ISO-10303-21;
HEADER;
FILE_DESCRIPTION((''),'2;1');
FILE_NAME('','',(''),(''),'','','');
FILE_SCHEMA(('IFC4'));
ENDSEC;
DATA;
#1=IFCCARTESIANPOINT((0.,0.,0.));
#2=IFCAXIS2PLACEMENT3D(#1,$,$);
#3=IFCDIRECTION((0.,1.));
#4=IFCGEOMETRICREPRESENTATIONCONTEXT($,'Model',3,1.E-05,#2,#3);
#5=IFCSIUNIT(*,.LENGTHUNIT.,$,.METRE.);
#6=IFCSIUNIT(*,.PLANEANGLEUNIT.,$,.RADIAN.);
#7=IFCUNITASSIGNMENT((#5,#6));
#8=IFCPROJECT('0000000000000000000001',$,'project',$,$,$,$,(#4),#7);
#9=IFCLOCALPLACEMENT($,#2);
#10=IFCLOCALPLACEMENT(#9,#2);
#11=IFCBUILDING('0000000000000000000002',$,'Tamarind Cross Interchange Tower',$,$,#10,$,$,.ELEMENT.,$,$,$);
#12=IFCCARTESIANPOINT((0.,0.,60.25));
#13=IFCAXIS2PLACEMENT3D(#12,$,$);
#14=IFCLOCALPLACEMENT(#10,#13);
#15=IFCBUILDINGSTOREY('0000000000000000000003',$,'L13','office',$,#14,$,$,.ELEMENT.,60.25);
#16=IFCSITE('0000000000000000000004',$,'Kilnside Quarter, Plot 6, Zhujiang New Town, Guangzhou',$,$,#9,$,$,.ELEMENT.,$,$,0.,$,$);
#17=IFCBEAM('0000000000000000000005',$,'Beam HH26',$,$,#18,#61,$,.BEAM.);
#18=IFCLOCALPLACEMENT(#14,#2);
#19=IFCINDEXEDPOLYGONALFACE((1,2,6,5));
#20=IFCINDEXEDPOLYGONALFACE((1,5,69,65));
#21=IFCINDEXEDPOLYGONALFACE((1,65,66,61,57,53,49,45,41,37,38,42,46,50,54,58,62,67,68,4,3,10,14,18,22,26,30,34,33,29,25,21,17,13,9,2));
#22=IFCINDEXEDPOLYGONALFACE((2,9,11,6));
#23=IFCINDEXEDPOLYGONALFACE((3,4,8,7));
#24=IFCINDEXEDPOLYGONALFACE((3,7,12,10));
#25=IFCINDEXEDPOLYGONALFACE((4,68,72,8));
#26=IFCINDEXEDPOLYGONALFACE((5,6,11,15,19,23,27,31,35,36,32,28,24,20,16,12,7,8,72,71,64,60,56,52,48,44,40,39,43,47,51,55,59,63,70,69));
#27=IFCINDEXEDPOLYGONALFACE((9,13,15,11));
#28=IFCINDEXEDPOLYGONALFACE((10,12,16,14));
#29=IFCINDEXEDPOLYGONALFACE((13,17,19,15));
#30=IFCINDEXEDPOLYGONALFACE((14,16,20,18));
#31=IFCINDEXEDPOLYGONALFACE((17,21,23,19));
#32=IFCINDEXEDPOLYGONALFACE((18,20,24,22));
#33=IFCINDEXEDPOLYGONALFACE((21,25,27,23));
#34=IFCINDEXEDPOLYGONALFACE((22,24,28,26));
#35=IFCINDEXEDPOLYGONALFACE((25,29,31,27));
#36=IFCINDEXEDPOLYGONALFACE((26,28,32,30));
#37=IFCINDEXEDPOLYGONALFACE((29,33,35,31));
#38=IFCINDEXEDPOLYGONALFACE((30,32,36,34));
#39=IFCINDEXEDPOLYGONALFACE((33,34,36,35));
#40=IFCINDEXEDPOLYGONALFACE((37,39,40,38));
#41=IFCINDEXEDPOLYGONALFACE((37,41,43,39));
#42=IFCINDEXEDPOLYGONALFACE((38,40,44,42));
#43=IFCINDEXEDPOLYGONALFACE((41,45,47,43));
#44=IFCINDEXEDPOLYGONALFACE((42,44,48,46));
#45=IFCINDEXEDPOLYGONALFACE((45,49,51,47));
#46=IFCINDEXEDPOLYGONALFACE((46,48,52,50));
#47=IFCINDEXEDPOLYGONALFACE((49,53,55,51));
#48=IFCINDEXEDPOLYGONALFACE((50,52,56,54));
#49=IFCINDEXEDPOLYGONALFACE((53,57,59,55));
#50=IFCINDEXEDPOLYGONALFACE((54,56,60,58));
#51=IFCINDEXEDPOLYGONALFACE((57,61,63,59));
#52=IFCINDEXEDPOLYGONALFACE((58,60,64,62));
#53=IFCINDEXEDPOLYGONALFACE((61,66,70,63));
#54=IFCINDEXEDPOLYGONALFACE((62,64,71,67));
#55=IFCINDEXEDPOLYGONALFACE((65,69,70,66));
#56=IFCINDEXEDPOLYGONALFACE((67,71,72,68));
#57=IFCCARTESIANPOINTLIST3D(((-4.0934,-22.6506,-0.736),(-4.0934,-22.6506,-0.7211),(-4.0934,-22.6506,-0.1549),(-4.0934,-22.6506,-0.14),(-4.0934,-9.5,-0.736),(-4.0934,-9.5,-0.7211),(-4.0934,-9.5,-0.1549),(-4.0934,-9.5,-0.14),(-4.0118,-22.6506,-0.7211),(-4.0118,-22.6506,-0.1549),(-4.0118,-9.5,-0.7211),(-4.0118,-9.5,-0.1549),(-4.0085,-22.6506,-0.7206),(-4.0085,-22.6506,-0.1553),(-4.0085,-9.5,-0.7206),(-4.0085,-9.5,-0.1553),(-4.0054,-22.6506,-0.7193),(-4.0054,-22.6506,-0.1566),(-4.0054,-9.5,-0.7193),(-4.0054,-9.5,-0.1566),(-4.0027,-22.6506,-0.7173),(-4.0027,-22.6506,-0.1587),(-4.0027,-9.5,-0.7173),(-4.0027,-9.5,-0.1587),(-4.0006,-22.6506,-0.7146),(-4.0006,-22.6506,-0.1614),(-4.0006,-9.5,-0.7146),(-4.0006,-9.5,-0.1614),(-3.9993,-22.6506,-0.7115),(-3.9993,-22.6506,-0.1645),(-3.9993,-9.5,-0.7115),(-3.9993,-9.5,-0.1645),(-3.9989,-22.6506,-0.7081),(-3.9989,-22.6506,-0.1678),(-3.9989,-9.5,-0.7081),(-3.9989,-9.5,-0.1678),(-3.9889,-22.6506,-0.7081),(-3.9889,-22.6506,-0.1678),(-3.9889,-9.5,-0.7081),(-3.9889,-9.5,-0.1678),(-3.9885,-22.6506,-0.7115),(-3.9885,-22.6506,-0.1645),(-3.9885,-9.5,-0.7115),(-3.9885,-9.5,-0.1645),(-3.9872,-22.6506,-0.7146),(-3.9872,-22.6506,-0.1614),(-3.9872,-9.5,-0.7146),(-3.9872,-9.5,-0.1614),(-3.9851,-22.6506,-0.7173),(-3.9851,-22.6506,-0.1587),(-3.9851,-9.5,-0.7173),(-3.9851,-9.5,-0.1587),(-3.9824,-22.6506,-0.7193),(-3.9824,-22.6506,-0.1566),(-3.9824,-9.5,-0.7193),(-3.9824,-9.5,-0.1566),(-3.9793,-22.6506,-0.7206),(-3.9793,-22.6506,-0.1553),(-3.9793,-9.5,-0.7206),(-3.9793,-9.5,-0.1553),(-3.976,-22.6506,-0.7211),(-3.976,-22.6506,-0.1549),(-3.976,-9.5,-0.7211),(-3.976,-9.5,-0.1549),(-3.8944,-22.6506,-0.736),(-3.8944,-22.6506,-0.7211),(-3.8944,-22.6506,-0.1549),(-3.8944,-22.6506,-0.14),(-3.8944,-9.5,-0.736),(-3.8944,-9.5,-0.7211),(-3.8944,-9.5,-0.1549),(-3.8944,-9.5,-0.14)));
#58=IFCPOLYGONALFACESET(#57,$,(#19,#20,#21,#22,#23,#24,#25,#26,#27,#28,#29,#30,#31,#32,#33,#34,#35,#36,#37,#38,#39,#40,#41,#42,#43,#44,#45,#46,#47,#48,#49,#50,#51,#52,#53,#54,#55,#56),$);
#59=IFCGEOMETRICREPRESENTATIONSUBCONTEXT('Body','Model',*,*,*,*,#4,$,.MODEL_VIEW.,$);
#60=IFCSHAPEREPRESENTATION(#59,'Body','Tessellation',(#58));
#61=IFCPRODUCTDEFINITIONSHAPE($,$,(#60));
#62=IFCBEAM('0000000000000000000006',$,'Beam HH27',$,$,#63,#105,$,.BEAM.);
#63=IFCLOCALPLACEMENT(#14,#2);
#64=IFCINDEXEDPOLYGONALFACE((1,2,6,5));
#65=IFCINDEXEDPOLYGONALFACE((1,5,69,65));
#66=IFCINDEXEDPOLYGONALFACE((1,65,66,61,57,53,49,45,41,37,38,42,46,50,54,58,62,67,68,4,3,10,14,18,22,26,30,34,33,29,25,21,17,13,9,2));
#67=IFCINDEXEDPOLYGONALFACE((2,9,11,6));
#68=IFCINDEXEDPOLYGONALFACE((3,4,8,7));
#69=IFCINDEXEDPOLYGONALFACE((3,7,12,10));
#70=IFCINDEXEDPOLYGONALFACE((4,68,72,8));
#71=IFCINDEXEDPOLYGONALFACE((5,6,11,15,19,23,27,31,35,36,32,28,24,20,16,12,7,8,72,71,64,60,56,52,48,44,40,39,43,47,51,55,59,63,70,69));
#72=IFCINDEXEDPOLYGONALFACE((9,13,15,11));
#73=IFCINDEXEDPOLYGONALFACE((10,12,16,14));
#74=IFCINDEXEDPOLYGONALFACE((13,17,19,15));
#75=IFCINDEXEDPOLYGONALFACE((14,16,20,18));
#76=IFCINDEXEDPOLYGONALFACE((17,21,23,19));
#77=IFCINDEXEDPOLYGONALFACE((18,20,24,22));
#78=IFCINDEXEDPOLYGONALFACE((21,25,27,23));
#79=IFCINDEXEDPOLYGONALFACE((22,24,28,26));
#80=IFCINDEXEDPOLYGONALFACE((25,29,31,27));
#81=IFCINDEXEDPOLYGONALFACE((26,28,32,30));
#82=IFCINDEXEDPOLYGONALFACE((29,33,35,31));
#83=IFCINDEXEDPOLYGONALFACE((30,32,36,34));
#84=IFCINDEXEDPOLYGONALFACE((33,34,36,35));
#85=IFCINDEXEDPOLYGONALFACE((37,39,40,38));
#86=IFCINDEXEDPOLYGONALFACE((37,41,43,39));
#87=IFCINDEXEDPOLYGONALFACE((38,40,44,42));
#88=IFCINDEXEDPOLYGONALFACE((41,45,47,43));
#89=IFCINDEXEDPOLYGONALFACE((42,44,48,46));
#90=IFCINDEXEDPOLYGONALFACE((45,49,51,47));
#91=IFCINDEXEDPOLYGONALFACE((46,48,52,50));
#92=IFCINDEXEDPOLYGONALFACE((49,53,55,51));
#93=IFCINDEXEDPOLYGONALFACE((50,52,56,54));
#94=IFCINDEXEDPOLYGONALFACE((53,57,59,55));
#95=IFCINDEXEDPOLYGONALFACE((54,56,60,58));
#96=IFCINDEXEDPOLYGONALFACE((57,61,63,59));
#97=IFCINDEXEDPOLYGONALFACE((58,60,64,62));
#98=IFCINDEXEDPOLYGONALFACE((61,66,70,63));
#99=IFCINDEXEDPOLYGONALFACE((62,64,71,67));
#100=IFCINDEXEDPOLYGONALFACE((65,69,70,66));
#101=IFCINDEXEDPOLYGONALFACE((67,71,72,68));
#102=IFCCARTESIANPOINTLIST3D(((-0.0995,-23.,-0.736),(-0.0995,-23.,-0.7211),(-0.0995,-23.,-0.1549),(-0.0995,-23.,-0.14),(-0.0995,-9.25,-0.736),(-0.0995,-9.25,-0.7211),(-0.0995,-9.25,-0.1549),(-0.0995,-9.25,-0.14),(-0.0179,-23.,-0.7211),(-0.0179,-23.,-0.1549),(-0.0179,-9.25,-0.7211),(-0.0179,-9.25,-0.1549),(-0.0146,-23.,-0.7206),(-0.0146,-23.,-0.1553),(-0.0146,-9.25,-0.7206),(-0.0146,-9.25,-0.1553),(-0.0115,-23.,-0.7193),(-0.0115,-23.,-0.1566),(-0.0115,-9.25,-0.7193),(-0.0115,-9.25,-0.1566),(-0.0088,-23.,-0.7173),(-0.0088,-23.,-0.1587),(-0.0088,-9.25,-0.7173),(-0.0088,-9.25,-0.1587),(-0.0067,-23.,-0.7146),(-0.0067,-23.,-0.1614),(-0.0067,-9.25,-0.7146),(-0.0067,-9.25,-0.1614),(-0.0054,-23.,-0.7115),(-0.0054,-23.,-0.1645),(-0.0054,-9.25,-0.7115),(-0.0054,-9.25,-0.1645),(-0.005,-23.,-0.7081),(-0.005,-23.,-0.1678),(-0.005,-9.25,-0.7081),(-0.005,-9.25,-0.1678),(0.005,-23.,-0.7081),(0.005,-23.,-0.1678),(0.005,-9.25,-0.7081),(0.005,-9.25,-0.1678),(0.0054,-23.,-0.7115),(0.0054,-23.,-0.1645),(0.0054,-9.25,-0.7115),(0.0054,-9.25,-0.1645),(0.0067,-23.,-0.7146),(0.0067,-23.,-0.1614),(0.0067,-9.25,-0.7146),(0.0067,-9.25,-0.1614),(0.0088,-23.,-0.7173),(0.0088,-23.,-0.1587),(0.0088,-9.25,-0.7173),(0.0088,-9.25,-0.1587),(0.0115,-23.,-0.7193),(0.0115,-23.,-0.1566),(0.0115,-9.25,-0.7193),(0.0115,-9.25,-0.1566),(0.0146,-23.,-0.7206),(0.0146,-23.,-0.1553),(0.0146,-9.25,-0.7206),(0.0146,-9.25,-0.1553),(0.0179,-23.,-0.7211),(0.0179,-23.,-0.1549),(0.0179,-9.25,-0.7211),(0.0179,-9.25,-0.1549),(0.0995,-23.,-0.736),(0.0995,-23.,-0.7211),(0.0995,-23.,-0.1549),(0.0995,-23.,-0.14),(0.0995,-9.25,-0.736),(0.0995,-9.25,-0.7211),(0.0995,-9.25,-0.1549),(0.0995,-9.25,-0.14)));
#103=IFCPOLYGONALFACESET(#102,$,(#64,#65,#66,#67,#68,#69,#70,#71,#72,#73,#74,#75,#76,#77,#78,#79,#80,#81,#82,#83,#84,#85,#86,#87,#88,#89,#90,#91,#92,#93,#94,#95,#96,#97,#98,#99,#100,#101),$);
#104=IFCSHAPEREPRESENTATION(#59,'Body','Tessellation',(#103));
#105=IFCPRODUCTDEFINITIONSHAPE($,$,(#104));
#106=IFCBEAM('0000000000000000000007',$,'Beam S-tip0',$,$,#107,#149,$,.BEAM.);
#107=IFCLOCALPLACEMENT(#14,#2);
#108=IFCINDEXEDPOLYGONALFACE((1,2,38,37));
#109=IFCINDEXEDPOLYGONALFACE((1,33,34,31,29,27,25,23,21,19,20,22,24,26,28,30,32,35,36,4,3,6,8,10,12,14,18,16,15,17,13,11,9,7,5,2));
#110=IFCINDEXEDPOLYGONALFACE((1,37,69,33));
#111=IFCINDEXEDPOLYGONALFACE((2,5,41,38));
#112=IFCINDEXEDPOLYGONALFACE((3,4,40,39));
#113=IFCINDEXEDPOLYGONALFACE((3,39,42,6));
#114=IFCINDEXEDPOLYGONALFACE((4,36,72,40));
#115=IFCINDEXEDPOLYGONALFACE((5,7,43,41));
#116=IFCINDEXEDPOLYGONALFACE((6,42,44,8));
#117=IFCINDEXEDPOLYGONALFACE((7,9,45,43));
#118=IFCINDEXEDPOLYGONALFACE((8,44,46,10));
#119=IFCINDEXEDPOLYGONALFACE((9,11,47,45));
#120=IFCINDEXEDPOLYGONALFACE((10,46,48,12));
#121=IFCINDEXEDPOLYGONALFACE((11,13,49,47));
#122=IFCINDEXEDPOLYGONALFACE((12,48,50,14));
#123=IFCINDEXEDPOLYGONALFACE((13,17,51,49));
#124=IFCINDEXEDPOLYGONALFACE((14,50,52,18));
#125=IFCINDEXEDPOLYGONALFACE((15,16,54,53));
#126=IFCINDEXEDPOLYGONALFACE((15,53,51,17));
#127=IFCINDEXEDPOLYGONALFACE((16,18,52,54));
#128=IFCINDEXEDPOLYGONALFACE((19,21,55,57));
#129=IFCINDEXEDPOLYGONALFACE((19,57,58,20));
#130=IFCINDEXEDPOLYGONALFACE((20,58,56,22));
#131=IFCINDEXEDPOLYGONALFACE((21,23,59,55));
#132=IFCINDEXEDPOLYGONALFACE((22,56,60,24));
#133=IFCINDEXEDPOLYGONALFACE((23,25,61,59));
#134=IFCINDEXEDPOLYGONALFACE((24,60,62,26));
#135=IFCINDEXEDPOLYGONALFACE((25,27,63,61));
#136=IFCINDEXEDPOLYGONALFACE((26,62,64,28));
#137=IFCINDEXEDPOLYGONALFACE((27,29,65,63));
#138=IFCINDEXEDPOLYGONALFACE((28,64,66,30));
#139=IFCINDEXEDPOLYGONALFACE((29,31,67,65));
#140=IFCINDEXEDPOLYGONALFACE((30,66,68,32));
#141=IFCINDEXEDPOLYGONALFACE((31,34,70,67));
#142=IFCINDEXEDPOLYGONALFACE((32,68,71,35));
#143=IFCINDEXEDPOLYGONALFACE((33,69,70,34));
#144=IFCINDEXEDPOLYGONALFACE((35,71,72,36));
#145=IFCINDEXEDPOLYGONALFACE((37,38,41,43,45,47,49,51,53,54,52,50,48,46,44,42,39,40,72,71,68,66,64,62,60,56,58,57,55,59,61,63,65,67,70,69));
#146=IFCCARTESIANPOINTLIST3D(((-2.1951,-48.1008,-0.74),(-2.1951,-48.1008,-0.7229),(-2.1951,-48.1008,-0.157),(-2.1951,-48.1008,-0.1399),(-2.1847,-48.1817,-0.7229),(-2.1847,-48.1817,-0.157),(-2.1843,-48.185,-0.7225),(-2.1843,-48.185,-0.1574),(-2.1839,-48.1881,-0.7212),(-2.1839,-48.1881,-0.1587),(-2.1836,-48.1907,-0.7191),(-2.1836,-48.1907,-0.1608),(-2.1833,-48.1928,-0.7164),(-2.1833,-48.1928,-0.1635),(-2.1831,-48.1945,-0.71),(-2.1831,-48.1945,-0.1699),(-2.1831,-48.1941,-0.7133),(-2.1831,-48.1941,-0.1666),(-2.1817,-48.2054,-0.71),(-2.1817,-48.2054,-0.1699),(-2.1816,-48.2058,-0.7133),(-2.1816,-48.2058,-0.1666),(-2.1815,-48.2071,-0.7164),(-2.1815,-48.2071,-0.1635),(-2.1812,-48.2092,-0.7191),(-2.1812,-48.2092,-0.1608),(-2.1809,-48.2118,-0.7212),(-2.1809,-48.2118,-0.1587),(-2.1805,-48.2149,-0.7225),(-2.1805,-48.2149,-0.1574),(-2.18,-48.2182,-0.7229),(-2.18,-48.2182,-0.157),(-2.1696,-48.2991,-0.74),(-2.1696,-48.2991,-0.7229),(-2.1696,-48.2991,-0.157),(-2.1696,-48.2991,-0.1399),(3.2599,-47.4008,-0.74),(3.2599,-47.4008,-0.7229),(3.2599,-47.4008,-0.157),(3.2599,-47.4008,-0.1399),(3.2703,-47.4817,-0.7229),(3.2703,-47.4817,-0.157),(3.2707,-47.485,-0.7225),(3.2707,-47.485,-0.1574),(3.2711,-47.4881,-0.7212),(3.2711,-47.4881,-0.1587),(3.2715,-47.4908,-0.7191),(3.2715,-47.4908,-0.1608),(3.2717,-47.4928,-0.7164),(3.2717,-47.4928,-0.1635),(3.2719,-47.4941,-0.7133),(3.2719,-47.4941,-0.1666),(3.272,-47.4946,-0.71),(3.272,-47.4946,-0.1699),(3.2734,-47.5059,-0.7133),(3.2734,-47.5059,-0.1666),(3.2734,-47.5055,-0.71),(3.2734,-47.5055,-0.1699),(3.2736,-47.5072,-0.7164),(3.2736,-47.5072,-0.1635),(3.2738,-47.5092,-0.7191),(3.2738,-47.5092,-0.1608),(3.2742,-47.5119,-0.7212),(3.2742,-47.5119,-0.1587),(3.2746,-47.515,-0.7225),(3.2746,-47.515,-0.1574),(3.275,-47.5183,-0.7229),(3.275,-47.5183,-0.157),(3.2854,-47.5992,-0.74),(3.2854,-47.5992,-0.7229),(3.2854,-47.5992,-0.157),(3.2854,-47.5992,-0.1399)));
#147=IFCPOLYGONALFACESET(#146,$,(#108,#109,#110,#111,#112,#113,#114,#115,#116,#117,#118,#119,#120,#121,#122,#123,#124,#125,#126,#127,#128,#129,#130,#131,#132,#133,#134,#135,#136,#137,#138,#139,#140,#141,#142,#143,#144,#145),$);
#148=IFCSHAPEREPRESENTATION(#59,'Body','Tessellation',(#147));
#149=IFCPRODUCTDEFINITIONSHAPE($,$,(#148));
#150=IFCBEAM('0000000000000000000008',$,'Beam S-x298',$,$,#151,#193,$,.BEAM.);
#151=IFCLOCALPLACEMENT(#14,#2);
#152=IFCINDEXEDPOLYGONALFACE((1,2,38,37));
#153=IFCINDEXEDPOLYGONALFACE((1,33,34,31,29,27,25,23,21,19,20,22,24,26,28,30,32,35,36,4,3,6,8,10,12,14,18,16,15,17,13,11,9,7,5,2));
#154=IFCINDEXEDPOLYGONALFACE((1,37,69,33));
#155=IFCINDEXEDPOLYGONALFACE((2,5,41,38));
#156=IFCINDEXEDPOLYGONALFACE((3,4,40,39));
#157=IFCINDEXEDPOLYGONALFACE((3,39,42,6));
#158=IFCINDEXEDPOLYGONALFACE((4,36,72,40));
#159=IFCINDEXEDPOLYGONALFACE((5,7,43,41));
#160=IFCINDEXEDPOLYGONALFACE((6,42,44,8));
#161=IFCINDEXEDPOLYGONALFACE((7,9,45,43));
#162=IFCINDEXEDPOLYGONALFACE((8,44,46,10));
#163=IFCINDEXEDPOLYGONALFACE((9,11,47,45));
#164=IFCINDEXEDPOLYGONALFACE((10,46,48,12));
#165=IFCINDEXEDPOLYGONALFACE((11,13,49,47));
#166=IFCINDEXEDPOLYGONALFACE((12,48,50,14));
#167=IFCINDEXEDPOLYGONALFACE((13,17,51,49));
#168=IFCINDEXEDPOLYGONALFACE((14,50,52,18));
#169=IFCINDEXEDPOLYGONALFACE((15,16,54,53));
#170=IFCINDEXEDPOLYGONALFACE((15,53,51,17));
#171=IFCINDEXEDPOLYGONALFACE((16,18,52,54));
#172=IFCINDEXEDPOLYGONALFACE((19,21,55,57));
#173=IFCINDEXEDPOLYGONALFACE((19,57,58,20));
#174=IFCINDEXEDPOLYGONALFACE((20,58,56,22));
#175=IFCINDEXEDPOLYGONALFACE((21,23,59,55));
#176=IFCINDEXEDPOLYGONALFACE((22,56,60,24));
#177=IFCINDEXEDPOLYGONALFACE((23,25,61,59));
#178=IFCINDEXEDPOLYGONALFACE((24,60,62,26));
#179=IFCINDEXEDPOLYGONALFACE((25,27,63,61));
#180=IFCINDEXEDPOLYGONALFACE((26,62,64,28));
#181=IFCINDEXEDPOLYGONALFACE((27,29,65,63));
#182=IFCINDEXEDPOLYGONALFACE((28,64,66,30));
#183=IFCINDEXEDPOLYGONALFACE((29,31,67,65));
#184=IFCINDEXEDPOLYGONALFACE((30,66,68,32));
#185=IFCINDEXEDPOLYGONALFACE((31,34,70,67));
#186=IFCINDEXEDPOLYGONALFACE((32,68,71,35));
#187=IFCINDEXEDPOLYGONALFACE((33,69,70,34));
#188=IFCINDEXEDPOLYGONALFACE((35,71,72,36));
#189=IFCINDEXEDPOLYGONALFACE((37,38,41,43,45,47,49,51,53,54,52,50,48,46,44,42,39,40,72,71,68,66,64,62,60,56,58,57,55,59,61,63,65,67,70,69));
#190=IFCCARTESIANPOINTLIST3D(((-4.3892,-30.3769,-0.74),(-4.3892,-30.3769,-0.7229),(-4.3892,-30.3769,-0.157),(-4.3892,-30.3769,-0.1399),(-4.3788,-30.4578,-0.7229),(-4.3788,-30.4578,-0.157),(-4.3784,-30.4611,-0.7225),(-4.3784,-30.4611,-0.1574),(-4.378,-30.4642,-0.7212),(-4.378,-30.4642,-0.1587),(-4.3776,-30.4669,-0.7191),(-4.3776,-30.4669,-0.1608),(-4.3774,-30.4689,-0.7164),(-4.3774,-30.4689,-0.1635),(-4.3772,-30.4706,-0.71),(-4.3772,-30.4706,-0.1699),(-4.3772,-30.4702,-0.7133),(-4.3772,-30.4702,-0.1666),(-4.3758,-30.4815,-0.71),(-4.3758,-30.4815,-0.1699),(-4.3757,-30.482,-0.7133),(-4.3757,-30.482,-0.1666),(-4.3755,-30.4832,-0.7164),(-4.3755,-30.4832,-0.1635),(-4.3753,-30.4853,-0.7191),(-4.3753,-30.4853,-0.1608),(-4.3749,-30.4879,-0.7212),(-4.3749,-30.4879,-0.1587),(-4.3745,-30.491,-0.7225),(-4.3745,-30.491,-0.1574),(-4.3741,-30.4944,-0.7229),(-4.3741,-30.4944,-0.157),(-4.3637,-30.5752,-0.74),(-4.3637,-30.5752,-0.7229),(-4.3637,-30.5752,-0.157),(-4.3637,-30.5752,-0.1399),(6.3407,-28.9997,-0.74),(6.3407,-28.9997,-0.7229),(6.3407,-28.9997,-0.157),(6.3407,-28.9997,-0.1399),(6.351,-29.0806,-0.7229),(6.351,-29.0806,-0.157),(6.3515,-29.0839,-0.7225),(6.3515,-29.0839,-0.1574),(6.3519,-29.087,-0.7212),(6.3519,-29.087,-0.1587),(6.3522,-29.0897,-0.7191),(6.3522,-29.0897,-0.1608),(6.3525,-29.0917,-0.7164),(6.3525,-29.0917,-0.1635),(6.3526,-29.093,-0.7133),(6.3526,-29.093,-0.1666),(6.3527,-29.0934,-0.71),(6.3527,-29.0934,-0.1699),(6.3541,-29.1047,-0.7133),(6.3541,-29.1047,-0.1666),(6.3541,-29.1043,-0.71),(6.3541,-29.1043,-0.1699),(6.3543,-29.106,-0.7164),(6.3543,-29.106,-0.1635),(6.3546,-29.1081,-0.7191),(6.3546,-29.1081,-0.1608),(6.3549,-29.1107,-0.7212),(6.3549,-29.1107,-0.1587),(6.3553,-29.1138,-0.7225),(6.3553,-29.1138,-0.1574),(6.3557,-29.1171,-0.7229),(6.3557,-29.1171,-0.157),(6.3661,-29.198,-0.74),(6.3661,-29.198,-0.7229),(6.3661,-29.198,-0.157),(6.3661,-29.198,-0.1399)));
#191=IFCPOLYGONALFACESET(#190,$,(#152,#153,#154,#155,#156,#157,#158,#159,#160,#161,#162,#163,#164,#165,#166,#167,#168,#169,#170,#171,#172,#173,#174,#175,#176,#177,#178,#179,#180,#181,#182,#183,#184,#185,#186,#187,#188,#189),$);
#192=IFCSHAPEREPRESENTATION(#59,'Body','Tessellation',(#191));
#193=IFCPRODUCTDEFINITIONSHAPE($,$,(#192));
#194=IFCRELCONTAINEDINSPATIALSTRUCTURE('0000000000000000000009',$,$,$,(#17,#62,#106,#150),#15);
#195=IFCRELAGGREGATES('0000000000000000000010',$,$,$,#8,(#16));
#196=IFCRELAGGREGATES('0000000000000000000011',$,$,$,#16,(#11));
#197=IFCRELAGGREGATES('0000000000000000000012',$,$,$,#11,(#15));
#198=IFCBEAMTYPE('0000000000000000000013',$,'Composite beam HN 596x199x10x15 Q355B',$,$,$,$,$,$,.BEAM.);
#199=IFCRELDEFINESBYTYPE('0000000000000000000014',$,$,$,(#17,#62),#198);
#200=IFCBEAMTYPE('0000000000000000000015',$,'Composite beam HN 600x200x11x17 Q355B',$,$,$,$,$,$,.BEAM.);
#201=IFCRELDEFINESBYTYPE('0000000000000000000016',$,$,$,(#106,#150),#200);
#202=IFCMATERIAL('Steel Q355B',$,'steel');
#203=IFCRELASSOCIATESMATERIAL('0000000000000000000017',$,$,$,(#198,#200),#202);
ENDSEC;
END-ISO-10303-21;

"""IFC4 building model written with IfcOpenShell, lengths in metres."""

from ifc_helpers import new_model, si_unit, direction, frame, origin, origin_2d, place, context, subcontext, project, spatial, i_section, extrude, material, material_profile, profile_set, type_object, element, save


model = new_model("IFC4")

# Units and contexts
model_context = context("Model", 3, precision=1e-05, world=origin(), true_north=direction((0.0, 1.0)))
body_context = subcontext(model_context, "Body", "Model", "MODEL_VIEW")
ifc_project = project(units=[si_unit("LENGTHUNIT", "METRE"), si_unit("PLANEANGLEUNIT", "RADIAN")], contexts=[model_context])

# Site, building, storey
site_placement = place(None, origin())
site = spatial("IfcSite", under=ifc_project, at=site_placement, Name="Kilnside Quarter, Plot 6, Zhujiang New Town, Guangzhou", CompositionType="ELEMENT", RefElevation=0.0)
building_placement = place(site_placement, origin())
building = spatial("IfcBuilding", under=site, at=building_placement, Name="Tamarind Cross Interchange Tower", CompositionType="ELEMENT")
storey_placement = place(building_placement, frame((0.0, 0.0, 60.25)))
storey = spatial("IfcBuildingStorey", under=building, at=storey_placement, Name="L13", Description="office", CompositionType="ELEMENT", Elevation=60.25)

# Beams
ifc_material_1 = material(Name="Steel Q355B", Category="steel")
ifc_material_profile_1 = material_profile(ifc_material_1, i_section(OverallWidth=0.199, OverallDepth=0.5959, WebThickness=0.01, FlangeThickness=0.0149, FilletRadius=0.0129, at=origin_2d()), Name="HN 596x199x10x15")
ifc_profile_set_1 = profile_set([ifc_material_profile_1], Name="Steel Q355B")
beam_type_1 = type_object("IfcBeamType", Name="Composite beam HN 596x199x10x15 Q355B", PredefinedType="BEAM", material=ifc_profile_set_1)
beam_1_placement = place(storey_placement, frame((-3.9939, -22.6506, -0.438), z_axis=(0.0, 1.0, 0.0), x_axis=(-1.0, 0.0, 0.0)))
element("IfcBeam", 1, at=beam_1_placement, inside=storey, type_object=beam_type_1, Name="Beam HH26", PredefinedType="BEAM", context=body_context, shape_type="SweptSolid", body=[
    extrude(i_section(OverallWidth=0.199, OverallDepth=0.5959, WebThickness=0.01, FlangeThickness=0.0149, FilletRadius=0.0129, at=origin_2d()), origin(), (0.0, 0.0, 1.0), 13.1506),
])
beam_2_placement = place(storey_placement, frame((0.0, -23.0, -0.438), z_axis=(0.0, 1.0, 0.0), x_axis=(-1.0, 0.0, 0.0)))
element("IfcBeam", 2, at=beam_2_placement, inside=storey, type_object=beam_type_1, Name="Beam HH27", PredefinedType="BEAM", context=body_context, shape_type="SweptSolid", body=[
    extrude(i_section(OverallWidth=0.199, OverallDepth=0.5959, WebThickness=0.01, FlangeThickness=0.0149, FilletRadius=0.0129, at=origin_2d()), origin(), (0.0, 0.0, 1.0), 13.75),
])
ifc_material_profile_2 = material_profile(ifc_material_1, i_section(OverallWidth=0.2, OverallDepth=0.6001, WebThickness=0.011, FlangeThickness=0.0171, FilletRadius=0.0129, at=origin_2d()), Name="HN 600x200x11x17")
ifc_profile_set_2 = profile_set([ifc_material_profile_2], Name="Steel Q355B")
beam_type_2 = type_object("IfcBeamType", Name="Composite beam HN 600x200x11x17 Q355B", PredefinedType="BEAM", material=ifc_profile_set_2)
beam_3_placement = place(storey_placement, frame((-2.1824, -48.2, -0.4399), z_axis=(0.991868, 0.127268, 0.0), x_axis=(-0.127268, 0.991868, 0.0)))
element("IfcBeam", 3, at=beam_3_placement, inside=storey, type_object=beam_type_2, Name="Beam S-tip0", PredefinedType="BEAM", context=body_context, shape_type="SweptSolid", body=[
    extrude(i_section(OverallWidth=0.2, OverallDepth=0.6001, WebThickness=0.011, FlangeThickness=0.0171, FilletRadius=0.0129, at=origin_2d()), origin(), (0.0, 0.0, 1.0), 5.4998),
])
beam_4_placement = place(storey_placement, frame((-4.3765, -30.4761, -0.4399), z_axis=(0.991863, 0.127309, 0.0), x_axis=(-0.127309, 0.991863, 0.0)))
element("IfcBeam", 4, at=beam_4_placement, inside=storey, type_object=beam_type_2, Name="Beam S-x298", PredefinedType="BEAM", context=body_context, shape_type="SweptSolid", body=[
    extrude(i_section(OverallWidth=0.2, OverallDepth=0.6001, WebThickness=0.011, FlangeThickness=0.0171, FilletRadius=0.0129, at=origin_2d()), origin(), (0.0, 0.0, 1.0), 10.8179),
])

save(model, "model.ifc")
